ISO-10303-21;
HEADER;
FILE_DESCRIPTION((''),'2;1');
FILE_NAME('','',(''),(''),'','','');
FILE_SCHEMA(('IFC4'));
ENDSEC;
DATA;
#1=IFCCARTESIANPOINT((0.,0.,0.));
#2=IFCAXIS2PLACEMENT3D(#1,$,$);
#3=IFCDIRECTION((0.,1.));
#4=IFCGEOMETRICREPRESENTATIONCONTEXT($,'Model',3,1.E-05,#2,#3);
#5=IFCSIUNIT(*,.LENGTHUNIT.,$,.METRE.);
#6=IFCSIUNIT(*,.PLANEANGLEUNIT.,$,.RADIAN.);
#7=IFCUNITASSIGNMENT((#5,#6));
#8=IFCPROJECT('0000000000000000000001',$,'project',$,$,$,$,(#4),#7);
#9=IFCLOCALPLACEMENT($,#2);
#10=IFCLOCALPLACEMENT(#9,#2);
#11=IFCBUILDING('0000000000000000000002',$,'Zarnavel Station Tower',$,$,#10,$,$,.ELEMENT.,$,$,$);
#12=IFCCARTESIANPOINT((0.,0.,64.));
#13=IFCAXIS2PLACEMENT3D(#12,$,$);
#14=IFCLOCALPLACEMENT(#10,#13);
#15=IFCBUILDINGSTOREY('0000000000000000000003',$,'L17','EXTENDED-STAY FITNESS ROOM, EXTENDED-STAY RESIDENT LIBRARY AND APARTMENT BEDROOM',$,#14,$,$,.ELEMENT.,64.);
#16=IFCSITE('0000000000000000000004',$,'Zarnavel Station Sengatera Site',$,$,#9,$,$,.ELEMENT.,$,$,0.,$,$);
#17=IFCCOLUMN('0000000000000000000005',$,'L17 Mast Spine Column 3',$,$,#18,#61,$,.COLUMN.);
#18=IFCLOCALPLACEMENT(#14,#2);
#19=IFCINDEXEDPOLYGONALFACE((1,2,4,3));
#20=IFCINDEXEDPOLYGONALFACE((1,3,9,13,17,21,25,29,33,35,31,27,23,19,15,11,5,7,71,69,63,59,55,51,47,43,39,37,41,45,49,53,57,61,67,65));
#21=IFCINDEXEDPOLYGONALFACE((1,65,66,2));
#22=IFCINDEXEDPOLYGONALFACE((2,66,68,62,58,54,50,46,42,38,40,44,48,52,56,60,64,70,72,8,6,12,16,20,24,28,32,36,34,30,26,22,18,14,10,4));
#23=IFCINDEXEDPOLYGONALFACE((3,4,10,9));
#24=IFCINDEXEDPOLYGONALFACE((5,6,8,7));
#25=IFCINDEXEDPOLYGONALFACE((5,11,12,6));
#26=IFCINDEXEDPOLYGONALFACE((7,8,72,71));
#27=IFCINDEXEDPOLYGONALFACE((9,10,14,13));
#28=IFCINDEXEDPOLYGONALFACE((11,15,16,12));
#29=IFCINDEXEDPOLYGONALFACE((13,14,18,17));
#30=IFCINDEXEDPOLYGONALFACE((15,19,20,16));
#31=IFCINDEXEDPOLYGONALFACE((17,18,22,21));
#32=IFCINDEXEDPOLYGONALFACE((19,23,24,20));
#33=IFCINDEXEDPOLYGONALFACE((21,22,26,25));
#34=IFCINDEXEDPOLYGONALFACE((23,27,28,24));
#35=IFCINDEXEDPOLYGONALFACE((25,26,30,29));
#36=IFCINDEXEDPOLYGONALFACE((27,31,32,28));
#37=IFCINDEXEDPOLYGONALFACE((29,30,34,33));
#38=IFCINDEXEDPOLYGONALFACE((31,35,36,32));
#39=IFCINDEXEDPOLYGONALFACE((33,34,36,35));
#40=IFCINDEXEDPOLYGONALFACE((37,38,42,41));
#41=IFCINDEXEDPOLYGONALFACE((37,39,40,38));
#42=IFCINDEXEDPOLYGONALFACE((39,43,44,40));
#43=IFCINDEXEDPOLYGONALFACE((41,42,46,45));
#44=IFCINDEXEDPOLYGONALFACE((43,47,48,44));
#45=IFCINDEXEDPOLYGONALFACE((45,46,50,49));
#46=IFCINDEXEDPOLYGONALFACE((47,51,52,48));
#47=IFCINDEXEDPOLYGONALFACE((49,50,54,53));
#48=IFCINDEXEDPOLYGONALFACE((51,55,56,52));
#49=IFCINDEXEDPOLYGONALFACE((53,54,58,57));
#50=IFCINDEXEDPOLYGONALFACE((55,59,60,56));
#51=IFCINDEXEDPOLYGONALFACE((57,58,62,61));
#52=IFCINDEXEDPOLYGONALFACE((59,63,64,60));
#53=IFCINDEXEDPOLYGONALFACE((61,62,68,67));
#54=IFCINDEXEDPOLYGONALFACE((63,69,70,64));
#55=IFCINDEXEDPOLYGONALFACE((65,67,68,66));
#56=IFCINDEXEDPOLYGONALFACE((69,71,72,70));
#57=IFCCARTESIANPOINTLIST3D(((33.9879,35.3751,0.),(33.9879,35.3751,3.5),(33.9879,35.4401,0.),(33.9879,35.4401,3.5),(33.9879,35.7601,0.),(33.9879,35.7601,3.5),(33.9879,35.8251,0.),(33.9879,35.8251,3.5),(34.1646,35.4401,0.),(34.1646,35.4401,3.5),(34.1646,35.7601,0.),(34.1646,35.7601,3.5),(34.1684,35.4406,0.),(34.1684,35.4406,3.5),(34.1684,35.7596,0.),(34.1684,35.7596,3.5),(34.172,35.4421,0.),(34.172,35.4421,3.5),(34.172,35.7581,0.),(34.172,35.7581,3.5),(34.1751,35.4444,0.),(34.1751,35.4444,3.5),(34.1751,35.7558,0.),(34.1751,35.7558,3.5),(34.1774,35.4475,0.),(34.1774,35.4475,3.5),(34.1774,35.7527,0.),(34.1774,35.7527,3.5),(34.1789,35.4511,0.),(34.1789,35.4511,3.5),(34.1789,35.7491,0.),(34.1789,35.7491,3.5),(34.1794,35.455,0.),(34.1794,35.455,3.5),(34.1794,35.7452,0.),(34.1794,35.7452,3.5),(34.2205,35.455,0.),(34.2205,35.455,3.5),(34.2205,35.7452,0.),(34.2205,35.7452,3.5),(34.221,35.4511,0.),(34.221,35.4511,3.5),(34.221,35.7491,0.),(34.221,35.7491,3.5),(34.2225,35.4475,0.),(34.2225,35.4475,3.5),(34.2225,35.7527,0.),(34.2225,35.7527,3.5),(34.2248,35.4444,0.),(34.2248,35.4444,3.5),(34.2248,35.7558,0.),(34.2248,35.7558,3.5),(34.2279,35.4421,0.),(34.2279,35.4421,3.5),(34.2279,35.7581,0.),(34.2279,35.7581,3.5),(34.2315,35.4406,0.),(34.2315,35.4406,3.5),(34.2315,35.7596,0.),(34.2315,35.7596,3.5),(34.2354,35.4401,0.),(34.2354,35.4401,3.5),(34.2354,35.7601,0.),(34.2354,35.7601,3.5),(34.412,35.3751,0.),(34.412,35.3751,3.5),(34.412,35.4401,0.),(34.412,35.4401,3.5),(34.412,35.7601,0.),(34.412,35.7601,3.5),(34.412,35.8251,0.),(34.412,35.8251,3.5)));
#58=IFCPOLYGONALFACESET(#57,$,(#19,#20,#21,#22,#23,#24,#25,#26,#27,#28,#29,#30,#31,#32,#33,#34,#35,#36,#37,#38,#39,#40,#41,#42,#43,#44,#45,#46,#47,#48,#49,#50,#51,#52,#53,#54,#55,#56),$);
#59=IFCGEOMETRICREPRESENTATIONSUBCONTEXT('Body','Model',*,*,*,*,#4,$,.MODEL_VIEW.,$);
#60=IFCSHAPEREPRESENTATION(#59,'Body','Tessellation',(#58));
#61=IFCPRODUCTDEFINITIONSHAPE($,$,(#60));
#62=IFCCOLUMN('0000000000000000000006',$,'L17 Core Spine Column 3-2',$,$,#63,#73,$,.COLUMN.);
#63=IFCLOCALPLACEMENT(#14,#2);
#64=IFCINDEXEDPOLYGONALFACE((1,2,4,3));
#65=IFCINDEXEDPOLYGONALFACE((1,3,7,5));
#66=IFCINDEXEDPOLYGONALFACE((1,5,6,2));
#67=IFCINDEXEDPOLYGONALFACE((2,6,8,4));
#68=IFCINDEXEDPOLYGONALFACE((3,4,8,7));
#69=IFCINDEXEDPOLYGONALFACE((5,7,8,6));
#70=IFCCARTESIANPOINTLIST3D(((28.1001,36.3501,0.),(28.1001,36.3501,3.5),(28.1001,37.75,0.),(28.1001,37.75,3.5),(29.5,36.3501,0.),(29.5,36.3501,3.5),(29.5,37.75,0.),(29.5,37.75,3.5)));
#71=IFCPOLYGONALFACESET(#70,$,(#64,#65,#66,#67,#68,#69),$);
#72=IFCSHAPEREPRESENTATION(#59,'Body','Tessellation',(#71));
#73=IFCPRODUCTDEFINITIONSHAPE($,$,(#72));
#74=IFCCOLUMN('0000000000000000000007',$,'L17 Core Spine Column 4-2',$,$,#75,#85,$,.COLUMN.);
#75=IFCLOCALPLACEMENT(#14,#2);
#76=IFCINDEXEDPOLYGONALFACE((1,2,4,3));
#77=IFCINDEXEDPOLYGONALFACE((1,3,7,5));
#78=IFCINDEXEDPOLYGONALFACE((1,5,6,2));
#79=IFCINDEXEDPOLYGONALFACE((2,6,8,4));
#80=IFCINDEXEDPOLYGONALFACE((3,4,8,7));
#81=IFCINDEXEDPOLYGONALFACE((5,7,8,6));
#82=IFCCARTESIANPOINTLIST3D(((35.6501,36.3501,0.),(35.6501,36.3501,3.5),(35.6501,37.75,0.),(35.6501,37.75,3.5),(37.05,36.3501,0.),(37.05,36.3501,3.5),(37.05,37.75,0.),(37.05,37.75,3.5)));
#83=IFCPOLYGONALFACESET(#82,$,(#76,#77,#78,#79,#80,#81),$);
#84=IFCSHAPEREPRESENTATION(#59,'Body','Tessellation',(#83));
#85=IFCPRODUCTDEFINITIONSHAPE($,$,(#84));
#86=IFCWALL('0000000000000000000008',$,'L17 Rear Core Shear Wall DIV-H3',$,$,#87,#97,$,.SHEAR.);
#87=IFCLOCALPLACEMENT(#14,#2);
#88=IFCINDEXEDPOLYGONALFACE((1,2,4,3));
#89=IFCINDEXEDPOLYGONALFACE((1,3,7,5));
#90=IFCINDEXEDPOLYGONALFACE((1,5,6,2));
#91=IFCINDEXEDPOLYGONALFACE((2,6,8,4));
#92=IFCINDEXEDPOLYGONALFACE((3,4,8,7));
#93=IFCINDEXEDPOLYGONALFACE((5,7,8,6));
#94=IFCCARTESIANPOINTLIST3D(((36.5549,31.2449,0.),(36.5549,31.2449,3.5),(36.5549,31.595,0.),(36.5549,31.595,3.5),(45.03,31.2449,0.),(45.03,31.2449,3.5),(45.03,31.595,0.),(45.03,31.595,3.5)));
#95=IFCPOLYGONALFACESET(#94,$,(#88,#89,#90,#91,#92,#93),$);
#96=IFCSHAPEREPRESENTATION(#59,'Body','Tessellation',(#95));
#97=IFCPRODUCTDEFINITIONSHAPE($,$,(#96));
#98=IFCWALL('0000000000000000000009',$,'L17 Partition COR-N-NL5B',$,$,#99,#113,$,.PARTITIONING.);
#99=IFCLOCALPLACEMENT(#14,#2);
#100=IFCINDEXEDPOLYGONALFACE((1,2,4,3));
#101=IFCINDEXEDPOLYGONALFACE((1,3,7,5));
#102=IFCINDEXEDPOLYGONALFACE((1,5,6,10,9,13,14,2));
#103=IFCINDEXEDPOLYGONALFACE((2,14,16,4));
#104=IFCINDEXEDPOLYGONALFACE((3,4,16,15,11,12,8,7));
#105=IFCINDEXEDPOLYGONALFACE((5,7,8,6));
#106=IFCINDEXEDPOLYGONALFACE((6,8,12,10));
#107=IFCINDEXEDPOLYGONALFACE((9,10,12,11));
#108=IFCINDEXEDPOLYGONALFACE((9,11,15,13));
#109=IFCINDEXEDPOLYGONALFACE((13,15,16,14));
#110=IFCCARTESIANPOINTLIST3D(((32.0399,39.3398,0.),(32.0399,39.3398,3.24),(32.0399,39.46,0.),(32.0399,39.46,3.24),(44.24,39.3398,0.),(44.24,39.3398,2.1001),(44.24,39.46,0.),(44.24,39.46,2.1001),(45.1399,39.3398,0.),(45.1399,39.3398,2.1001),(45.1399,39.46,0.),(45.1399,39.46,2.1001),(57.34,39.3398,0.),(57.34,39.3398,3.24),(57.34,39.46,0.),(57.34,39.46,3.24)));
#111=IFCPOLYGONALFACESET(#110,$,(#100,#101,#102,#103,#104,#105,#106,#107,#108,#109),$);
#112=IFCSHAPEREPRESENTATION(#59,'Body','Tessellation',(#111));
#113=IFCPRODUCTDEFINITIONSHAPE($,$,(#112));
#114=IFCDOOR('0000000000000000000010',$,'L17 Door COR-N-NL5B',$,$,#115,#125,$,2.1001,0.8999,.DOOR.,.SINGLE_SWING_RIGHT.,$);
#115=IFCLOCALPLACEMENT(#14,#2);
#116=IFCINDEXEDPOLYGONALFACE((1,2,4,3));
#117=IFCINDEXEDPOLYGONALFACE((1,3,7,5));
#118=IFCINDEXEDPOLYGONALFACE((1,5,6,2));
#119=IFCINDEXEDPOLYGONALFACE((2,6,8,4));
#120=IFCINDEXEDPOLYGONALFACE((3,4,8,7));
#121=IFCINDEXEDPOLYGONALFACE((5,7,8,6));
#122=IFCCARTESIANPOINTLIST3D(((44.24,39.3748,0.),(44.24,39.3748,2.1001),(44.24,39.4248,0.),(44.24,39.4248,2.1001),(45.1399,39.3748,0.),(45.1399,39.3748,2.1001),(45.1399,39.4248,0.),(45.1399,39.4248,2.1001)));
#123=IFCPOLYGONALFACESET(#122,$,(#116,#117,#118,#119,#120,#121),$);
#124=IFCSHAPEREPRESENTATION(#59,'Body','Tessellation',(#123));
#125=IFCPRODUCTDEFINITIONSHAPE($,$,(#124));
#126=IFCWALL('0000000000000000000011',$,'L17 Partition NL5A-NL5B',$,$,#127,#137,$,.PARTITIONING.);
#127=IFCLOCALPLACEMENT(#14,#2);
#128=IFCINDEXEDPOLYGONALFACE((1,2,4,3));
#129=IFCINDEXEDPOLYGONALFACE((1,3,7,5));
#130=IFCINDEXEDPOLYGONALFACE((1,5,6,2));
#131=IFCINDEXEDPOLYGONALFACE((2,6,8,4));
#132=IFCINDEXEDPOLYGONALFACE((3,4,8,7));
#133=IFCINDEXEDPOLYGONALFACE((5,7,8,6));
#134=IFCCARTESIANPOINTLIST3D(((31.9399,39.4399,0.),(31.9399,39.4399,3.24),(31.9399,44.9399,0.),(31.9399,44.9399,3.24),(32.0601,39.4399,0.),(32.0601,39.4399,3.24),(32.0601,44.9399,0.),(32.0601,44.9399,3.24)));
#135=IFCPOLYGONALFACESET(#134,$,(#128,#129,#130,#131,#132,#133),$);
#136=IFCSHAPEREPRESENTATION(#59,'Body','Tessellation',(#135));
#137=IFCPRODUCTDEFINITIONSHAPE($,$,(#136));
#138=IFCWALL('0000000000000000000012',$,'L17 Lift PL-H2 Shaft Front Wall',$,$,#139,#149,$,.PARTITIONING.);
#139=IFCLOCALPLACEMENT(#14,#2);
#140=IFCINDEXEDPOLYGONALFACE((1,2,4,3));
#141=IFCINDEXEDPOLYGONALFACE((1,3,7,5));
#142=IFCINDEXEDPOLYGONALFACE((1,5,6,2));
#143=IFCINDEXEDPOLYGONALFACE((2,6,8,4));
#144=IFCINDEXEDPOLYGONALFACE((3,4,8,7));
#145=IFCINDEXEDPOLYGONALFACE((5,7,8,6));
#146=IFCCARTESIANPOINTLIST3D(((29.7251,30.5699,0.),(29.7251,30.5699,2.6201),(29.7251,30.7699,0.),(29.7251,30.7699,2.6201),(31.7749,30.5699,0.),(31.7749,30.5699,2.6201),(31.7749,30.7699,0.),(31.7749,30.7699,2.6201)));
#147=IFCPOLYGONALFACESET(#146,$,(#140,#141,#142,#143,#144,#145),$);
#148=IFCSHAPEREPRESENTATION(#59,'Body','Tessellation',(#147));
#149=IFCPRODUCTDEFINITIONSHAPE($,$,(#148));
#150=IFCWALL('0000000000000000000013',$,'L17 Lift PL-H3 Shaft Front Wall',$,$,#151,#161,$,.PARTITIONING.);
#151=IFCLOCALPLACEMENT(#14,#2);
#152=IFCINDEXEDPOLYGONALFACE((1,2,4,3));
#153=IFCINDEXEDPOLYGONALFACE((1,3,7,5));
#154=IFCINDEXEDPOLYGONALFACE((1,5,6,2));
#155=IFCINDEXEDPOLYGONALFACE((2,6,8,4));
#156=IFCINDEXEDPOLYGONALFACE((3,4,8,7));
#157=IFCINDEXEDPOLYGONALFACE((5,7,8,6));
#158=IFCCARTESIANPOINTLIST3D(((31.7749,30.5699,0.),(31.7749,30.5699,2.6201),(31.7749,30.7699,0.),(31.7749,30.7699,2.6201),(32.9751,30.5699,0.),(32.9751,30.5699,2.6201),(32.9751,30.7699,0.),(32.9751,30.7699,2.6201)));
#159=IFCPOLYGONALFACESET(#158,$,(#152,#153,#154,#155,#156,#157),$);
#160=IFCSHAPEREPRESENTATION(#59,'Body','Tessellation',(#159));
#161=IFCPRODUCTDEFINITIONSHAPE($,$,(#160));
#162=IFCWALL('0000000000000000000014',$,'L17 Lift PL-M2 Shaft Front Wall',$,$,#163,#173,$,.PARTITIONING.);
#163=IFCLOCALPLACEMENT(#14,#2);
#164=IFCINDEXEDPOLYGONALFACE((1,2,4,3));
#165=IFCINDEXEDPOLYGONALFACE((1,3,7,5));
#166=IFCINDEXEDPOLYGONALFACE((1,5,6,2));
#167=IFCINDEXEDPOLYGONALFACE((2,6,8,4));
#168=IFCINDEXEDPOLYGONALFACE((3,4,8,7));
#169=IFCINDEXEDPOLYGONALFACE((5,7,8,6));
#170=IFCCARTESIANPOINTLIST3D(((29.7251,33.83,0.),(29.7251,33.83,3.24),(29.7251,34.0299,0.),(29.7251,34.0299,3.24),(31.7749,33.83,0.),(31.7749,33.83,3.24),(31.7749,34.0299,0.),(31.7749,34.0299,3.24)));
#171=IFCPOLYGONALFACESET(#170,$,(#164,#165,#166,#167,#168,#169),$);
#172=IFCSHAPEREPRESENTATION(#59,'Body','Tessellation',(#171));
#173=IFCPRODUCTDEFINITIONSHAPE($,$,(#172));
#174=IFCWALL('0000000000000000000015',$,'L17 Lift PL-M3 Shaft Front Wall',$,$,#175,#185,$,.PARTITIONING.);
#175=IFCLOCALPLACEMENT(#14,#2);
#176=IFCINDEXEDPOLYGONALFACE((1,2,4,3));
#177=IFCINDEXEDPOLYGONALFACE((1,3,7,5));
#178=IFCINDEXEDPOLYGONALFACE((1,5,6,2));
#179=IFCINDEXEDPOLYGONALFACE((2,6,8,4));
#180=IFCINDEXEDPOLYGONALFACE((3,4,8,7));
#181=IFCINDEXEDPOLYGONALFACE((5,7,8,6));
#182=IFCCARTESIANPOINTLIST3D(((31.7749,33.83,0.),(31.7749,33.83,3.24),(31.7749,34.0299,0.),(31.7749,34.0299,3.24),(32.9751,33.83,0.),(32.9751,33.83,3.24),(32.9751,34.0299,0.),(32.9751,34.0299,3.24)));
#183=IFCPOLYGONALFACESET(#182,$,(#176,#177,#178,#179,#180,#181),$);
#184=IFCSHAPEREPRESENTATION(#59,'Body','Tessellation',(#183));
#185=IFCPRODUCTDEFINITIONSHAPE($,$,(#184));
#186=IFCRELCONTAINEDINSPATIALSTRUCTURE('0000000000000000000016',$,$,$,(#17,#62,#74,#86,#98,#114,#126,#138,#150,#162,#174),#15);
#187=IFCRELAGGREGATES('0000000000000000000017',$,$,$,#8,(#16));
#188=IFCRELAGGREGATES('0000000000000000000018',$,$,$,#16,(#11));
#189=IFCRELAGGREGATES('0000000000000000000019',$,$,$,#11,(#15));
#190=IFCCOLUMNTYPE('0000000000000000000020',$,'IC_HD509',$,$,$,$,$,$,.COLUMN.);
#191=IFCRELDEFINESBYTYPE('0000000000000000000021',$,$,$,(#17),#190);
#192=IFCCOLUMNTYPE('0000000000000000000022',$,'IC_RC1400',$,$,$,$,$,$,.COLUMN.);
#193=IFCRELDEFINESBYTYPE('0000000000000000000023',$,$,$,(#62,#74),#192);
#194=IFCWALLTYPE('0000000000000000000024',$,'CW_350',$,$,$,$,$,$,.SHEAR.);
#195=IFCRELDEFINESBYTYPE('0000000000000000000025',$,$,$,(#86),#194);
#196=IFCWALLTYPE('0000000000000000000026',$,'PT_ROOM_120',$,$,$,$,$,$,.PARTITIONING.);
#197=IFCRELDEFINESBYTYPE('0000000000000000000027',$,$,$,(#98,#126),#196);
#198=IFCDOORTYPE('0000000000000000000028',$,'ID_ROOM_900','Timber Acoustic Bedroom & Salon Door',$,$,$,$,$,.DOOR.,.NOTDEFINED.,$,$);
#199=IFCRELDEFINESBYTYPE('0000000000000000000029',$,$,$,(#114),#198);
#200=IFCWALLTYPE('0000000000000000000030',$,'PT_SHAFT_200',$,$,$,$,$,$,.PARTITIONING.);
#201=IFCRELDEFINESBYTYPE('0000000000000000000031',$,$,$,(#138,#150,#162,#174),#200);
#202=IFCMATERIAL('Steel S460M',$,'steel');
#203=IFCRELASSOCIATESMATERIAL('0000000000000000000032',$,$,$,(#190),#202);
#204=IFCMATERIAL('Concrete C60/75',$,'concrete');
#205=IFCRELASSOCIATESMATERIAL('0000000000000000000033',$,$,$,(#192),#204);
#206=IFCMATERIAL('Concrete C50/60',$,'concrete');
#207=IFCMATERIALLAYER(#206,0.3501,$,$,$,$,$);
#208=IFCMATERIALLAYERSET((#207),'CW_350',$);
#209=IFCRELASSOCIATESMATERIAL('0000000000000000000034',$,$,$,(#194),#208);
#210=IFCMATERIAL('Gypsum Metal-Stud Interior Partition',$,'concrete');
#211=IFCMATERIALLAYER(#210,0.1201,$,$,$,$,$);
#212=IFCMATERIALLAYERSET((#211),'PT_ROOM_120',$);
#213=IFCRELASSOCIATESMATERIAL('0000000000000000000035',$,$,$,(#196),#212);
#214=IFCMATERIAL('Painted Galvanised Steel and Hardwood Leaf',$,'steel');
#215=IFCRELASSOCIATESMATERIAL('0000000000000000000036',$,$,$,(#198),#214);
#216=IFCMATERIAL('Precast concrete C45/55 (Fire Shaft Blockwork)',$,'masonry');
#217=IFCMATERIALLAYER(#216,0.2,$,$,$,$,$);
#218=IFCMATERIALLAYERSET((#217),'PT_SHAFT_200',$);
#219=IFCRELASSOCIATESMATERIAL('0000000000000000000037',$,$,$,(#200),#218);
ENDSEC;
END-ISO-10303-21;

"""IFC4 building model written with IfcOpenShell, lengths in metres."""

from ifc_helpers import new_model, si_unit, direction, frame, frame_2d, origin, origin_2d, place, context, subcontext, project, spatial, rectangle, i_section, extrude, material, layer, layer_set, material_profile, profile_set, type_object, element, fill, save


model = new_model("IFC4")

# Units and contexts
model_context = context("Model", 3, precision=1e-05, world=origin(), true_north=direction((0.0, 1.0)))
body_context = subcontext(model_context, "Body", "Model", "MODEL_VIEW")
ifc_project = project(units=[si_unit("LENGTHUNIT", "METRE"), si_unit("PLANEANGLEUNIT", "RADIAN")], contexts=[model_context])

# Site, building, storey
site_placement = place(None, origin())
site = spatial("IfcSite", under=ifc_project, at=site_placement, Name="Zarnavel Station Sengatera Site", CompositionType="ELEMENT", RefElevation=0.0)
building_placement = place(site_placement, origin())
building = spatial("IfcBuilding", under=site, at=building_placement, Name="Zarnavel Station Tower", CompositionType="ELEMENT")
storey_placement = place(building_placement, frame((0.0, 0.0, 64.0)))
storey = spatial("IfcBuildingStorey", under=building, at=storey_placement, Name="L17", Description="EXTENDED-STAY FITNESS ROOM, EXTENDED-STAY RESIDENT LIBRARY AND APARTMENT BEDROOM", CompositionType="ELEMENT", Elevation=64.0)

# Columns
ifc_material_1 = material(Name="Steel S460M", Category="steel")
ifc_material_profile_1 = material_profile(ifc_material_1, i_section(OverallWidth=0.4241, OverallDepth=0.45, WebThickness=0.041, FlangeThickness=0.0649, FilletRadius=0.0149, at=origin_2d()), Name="HD400x509")
ifc_profile_set_1 = profile_set([ifc_material_profile_1], Name="Steel S460M")
column_type_1 = type_object("IfcColumnType", Name="IC_HD509", PredefinedType="COLUMN", material=ifc_profile_set_1)
column_placement = place(storey_placement, frame((34.2, 35.6001, 0.0), z_axis=(0.0, 0.0, 1.0), x_axis=(1.0, 0.0, 0.0)))
element("IfcColumn", 1, at=column_placement, inside=storey, type_object=column_type_1, Name="L17 Mast Spine Column 3", PredefinedType="COLUMN", context=body_context, shape_type="SweptSolid", body=[
    extrude(i_section(OverallWidth=0.4241, OverallDepth=0.45, WebThickness=0.041, FlangeThickness=0.0649, FilletRadius=0.0149, at=origin_2d()), origin(), (0.0, 0.0, 1.0), 3.5),
])
ifc_material_2 = material(Name="Concrete C60/75", Category="concrete")
ifc_material_profile_2 = material_profile(ifc_material_2, rectangle(XDim=1.3999, YDim=1.3999, at=origin_2d()), Name="RC1400x1400")
ifc_profile_set_2 = profile_set([ifc_material_profile_2], Name="Concrete C60/75")
column_type_2 = type_object("IfcColumnType", Name="IC_RC1400", PredefinedType="COLUMN", material=ifc_profile_set_2)
for number, where, z_axis, x_axis, name in (
    (2, (28.8, 37.05, 0.0), (0.0, 0.0, 1.0), (1.0, 0.0, 0.0), "L17 Core Spine Column 3-2"),
    (3, (36.3501, 37.05, 0.0), (0.0, 0.0, 1.0), (1.0, 0.0, 0.0), "L17 Core Spine Column 4-2"),
):
    element("IfcColumn", number, at=place(storey_placement, frame(where, z_axis=z_axis, x_axis=x_axis)), inside=storey, type_object=column_type_2, Name=name, PredefinedType="COLUMN", context=body_context, shape_type="SweptSolid", body=[
        extrude(rectangle(XDim=1.3999, YDim=1.3999, at=origin_2d()), origin(), (0.0, 0.0, 1.0), 3.5),
    ])

# Wall
ifc_material_3 = material(Name="Concrete C50/60", Category="concrete")
ifc_layer_1 = layer(ifc_material_3, 0.3501)
ifc_layer_set_1 = layer_set([ifc_layer_1], Name="CW_350")
wall_type_1 = type_object("IfcWallType", Name="CW_350", PredefinedType="SHEAR", material=ifc_layer_set_1)
wall_1_placement = place(storey_placement, frame((36.5549, 31.4199, 0.0), z_axis=(0.0, 0.0, 1.0), x_axis=(1.0, 0.0, 0.0)))
element("IfcWall", 4, at=wall_1_placement, inside=storey, type_object=wall_type_1, Name="L17 Rear Core Shear Wall DIV-H3", PredefinedType="SHEAR", context=body_context, shape_type="SweptSolid", body=[
    extrude(rectangle(XDim=8.4751, YDim=0.3501, at=frame_2d((4.2375, 0.0))), origin(), (0.0, 0.0, 1.0), 3.5),
])

# Wall, opening, door
ifc_material_4 = material(Name="Gypsum Metal-Stud Interior Partition", Category="concrete")
ifc_layer_2 = layer(ifc_material_4, 0.1201)
ifc_layer_set_2 = layer_set([ifc_layer_2], Name="PT_ROOM_120")
wall_type_2 = type_object("IfcWallType", Name="PT_ROOM_120", PredefinedType="PARTITIONING", material=ifc_layer_set_2)
wall_2_placement = place(storey_placement, frame((32.04, 39.3999, 0.0), z_axis=(0.0, 0.0, 1.0), x_axis=(1.0, 0.0, 0.0)))
wall_2 = element("IfcWall", 5, at=wall_2_placement, inside=storey, type_object=wall_type_2, Name="L17 Partition COR-N-NL5B", PredefinedType="PARTITIONING", context=body_context, shape_type="SweptSolid", body=[
    extrude(rectangle(XDim=25.3, YDim=0.1201, at=frame_2d((12.6499, 0.0))), origin(), (0.0, 0.0, 1.0), 3.24),
])
opening_1_placement = place(wall_2_placement, frame((12.2, 0.0, 0.0)))
opening_1 = element("IfcOpeningElement", 6, at=opening_1_placement, cuts=wall_2, PredefinedType="OPENING", context=body_context, shape_type="SweptSolid", body=[
    extrude(rectangle(XDim=0.8999, YDim=2.1001, at=frame_2d((0.45, 1.05))), frame((0.0, 0.0701, 0.0), z_axis=(0.0, -1.0, 0.0), x_axis=(1.0, 0.0, 0.0)), (0.0, 0.0, 1.0), 0.1401),
])
ifc_material_5 = material(Name="Painted Galvanised Steel and Hardwood Leaf", Category="steel")
door_type_1 = type_object("IfcDoorType", Name="ID_ROOM_900", Description="Timber Acoustic Bedroom & Salon Door", OperationType="NOTDEFINED", PredefinedType="DOOR", material=ifc_material_5)
door_1_placement = place(opening_1_placement, origin())
door_1 = element("IfcDoor", 7, at=door_1_placement, inside=storey, type_object=door_type_1, Name="L17 Door COR-N-NL5B", OperationType="SINGLE_SWING_RIGHT", OverallHeight=2.1001, OverallWidth=0.8999, PredefinedType="DOOR", context=body_context, shape_type="SweptSolid", body=[
    extrude(rectangle(XDim=0.8999, YDim=2.1001, at=frame_2d((0.45, 1.05))), frame((0.0, 0.0249, 0.0), z_axis=(0.0, -1.0, 0.0), x_axis=(1.0, 0.0, 0.0)), (0.0, 0.0, 1.0), 0.05),
])
fill(opening_1, door_1)

# Wall
wall_3_placement = place(storey_placement, frame((32.0, 39.4399, 0.0), z_axis=(0.0, 0.0, 1.0), x_axis=(0.0, 1.0, 0.0)))
element("IfcWall", 8, at=wall_3_placement, inside=storey, type_object=wall_type_2, Name="L17 Partition NL5A-NL5B", PredefinedType="PARTITIONING", context=body_context, shape_type="SweptSolid", body=[
    extrude(rectangle(XDim=5.5, YDim=0.1201, at=frame_2d((2.75, 0.0))), origin(), (0.0, 0.0, 1.0), 3.24),
])

# Shared definitions
ifc_material_6 = material(Name="Precast concrete C45/55 (Fire Shaft Blockwork)", Category="masonry")
ifc_layer_3 = layer(ifc_material_6, 0.2)
ifc_layer_set_3 = layer_set([ifc_layer_3], Name="PT_SHAFT_200")
wall_type_3 = type_object("IfcWallType", Name="PT_SHAFT_200", PredefinedType="PARTITIONING", material=ifc_layer_set_3)

# Walls
wall_4_placement = place(storey_placement, frame((29.7251, 30.6699, 0.0), z_axis=(0.0, 0.0, 1.0), x_axis=(1.0, 0.0, 0.0)))
element("IfcWall", 9, at=wall_4_placement, inside=storey, type_object=wall_type_3, Name="L17 Lift PL-H2 Shaft Front Wall", PredefinedType="PARTITIONING", context=body_context, shape_type="SweptSolid", body=[
    extrude(rectangle(XDim=2.0498, YDim=0.2, at=frame_2d((1.0249, 0.0))), origin(), (0.0, 0.0, 1.0), 2.6201),
])
wall_5_placement = place(storey_placement, frame((31.7749, 30.6699, 0.0), z_axis=(0.0, 0.0, 1.0), x_axis=(1.0, 0.0, 0.0)))
element("IfcWall", 10, at=wall_5_placement, inside=storey, type_object=wall_type_3, Name="L17 Lift PL-H3 Shaft Front Wall", PredefinedType="PARTITIONING", context=body_context, shape_type="SweptSolid", body=[
    extrude(rectangle(XDim=1.2002, YDim=0.2, at=frame_2d((0.6001, 0.0))), origin(), (0.0, 0.0, 1.0), 2.6201),
])
wall_6_placement = place(storey_placement, frame((29.7251, 33.9299, 0.0), z_axis=(0.0, 0.0, 1.0), x_axis=(1.0, 0.0, 0.0)))
element("IfcWall", 11, at=wall_6_placement, inside=storey, type_object=wall_type_3, Name="L17 Lift PL-M2 Shaft Front Wall", PredefinedType="PARTITIONING", context=body_context, shape_type="SweptSolid", body=[
    extrude(rectangle(XDim=2.0498, YDim=0.2, at=frame_2d((1.0249, 0.0))), origin(), (0.0, 0.0, 1.0), 3.24),
])
wall_7_placement = place(storey_placement, frame((31.7749, 33.9299, 0.0), z_axis=(0.0, 0.0, 1.0), x_axis=(1.0, 0.0, 0.0)))
element("IfcWall", 12, at=wall_7_placement, inside=storey, type_object=wall_type_3, Name="L17 Lift PL-M3 Shaft Front Wall", PredefinedType="PARTITIONING", context=body_context, shape_type="SweptSolid", body=[
    extrude(rectangle(XDim=1.2002, YDim=0.2, at=frame_2d((0.6001, 0.0))), origin(), (0.0, 0.0, 1.0), 3.24),
])

save(model, "model.ifc")
